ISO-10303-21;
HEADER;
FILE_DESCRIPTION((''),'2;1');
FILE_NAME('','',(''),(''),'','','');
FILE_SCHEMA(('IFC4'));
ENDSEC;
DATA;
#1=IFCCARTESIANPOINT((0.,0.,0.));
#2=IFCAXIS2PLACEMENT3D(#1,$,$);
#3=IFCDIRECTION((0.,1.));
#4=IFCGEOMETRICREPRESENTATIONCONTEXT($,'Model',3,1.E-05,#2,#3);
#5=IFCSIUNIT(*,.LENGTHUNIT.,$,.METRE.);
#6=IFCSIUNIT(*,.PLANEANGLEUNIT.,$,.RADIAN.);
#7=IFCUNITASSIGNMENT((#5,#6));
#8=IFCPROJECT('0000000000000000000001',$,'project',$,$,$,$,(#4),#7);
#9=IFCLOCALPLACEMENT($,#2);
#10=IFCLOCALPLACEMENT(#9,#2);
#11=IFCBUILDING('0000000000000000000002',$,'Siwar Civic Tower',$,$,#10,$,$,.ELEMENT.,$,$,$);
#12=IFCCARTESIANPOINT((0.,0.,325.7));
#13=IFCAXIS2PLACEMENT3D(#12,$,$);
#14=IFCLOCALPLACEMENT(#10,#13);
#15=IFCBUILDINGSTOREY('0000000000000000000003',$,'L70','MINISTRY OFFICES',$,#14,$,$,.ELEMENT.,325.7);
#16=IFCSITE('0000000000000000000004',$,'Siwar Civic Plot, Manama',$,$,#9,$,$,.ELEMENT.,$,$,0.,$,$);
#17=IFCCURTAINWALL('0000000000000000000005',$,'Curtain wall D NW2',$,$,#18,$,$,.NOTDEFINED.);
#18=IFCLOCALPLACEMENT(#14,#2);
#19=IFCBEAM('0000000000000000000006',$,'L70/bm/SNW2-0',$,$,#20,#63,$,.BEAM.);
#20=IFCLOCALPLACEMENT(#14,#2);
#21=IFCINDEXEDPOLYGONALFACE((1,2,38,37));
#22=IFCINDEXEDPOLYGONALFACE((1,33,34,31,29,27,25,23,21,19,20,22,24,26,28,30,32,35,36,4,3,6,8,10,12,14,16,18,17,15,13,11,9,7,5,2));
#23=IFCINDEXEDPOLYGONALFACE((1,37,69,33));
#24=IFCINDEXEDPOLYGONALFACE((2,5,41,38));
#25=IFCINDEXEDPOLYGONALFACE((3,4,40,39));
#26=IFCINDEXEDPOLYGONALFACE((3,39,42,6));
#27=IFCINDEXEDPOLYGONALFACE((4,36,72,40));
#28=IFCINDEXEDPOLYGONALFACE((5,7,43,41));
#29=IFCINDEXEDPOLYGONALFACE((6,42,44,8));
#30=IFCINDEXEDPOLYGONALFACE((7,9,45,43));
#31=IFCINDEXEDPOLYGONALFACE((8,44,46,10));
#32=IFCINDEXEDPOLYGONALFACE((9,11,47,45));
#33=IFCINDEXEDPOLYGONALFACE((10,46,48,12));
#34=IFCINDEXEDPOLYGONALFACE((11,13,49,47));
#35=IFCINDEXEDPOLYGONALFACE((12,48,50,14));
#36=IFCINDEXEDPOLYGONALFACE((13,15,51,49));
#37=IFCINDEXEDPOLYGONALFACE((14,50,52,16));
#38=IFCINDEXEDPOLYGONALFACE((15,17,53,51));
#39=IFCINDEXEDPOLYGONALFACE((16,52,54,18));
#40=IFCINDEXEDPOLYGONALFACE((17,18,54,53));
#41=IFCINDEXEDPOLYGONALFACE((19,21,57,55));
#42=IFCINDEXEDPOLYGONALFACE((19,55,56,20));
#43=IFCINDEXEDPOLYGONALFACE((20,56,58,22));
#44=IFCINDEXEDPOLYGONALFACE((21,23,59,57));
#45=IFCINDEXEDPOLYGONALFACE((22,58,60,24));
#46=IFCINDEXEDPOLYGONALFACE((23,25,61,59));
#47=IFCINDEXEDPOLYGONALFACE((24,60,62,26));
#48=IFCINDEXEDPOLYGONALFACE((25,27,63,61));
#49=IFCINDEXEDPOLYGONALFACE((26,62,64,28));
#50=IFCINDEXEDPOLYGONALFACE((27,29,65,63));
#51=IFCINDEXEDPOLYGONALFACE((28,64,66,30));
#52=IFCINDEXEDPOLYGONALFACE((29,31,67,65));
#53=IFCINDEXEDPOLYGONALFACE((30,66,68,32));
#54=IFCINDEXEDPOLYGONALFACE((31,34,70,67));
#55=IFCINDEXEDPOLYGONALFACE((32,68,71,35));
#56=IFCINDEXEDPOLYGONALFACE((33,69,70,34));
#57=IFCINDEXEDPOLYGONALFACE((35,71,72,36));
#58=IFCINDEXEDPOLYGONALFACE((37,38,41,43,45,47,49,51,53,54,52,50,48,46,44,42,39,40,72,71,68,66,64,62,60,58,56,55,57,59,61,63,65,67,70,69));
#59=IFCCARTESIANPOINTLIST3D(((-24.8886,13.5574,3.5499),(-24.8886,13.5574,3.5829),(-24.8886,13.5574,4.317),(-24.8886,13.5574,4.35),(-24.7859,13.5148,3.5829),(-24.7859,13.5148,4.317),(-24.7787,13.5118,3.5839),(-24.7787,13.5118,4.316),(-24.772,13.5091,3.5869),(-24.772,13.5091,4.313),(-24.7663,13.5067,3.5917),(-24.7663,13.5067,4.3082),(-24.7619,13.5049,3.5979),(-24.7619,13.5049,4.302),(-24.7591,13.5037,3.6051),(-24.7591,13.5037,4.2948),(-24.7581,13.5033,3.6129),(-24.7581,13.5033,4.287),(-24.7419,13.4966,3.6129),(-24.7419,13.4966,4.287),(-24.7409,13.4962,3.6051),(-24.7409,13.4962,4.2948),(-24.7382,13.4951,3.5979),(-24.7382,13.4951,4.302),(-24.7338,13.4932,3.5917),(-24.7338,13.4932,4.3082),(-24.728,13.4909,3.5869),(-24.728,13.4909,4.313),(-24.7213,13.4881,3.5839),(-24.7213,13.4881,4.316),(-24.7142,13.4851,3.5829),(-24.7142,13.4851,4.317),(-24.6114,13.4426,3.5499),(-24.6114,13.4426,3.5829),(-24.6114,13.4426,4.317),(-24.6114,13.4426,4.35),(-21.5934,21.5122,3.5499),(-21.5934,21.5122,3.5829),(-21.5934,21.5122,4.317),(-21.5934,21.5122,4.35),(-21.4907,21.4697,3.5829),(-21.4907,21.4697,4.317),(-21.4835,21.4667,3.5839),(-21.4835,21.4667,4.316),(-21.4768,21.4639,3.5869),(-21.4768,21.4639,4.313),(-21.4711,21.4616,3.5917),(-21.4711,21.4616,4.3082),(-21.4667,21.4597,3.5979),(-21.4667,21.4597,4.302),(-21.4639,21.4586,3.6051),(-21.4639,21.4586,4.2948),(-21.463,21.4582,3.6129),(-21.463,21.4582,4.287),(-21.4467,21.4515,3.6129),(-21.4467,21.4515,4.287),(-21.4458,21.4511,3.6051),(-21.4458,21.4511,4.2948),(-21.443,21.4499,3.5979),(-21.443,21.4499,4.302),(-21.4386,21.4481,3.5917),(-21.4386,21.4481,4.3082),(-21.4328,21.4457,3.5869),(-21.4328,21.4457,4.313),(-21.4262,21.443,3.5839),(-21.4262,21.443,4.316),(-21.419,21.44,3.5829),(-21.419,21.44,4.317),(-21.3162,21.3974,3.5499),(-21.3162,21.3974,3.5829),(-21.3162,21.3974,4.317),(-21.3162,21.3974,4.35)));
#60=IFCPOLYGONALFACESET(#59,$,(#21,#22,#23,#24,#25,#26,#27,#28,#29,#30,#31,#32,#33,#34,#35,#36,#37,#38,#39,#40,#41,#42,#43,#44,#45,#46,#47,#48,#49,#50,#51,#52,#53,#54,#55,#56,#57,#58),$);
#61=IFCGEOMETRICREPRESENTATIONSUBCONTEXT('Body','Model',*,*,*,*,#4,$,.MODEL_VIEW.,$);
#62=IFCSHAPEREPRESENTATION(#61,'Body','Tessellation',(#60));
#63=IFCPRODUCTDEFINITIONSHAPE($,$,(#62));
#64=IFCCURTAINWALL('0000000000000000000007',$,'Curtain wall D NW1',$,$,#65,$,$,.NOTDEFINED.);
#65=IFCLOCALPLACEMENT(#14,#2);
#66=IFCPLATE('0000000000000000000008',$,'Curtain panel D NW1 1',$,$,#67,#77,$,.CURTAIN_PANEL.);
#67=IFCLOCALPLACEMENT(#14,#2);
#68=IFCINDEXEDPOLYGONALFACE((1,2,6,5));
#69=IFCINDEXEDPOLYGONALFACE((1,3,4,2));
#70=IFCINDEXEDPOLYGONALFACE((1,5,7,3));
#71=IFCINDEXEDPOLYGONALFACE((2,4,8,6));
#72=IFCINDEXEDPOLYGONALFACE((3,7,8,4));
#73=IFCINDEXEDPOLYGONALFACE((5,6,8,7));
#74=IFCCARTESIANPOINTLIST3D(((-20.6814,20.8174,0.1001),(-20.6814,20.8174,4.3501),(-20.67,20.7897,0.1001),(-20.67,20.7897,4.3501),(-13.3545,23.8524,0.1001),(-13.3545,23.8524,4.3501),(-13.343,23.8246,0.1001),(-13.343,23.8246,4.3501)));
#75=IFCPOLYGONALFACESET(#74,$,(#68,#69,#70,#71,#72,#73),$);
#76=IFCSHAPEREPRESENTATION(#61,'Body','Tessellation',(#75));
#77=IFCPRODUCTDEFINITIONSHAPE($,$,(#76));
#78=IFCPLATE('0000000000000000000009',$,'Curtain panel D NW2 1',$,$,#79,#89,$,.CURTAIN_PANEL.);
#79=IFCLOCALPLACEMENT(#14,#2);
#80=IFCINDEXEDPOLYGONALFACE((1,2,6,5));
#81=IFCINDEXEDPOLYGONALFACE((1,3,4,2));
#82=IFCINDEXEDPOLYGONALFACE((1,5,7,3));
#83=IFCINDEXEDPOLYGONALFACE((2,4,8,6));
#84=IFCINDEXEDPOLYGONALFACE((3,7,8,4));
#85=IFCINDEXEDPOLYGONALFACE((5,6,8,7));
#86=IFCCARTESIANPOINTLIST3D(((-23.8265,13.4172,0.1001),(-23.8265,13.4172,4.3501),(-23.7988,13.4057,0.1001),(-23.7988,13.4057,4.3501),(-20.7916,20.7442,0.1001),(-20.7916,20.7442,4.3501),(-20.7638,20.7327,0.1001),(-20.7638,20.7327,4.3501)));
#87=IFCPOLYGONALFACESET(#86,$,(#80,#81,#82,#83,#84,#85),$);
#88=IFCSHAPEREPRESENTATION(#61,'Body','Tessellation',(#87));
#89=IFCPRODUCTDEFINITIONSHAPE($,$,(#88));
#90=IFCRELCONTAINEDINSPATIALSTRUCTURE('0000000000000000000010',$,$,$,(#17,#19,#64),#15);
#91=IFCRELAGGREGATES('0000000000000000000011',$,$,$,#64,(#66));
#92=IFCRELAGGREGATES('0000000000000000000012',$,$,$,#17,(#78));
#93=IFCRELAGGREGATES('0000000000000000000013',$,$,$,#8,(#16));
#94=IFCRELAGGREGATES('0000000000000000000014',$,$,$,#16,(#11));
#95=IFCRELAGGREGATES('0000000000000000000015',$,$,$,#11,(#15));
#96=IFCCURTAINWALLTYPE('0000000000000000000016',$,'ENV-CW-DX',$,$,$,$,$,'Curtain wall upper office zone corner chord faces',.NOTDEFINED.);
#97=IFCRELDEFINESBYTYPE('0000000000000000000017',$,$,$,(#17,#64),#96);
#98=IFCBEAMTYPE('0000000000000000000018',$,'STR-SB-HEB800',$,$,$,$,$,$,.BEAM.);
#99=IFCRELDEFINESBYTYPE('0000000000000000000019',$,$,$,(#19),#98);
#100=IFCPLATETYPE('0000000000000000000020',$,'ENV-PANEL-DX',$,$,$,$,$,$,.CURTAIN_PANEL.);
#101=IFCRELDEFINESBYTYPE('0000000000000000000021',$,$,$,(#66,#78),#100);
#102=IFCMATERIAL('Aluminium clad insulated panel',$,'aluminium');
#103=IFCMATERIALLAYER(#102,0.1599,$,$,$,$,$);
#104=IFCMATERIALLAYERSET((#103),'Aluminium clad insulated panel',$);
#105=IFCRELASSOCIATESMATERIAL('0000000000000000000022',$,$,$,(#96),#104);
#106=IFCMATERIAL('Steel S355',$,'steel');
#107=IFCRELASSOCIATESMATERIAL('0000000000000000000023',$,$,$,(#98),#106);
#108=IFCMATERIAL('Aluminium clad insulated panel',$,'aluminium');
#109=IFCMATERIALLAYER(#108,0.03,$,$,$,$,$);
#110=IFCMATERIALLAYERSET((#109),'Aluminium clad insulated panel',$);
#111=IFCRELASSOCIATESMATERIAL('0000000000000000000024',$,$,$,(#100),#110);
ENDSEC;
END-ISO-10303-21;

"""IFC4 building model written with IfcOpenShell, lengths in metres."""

from ifc_helpers import new_model, si_unit, direction, frame, origin, origin_2d, place, context, subcontext, project, spatial, rectangle, i_section, extrude, material, layer, layer_set, material_profile, profile_set, type_object, element, aggregate, save


model = new_model("IFC4")

# Units and contexts
model_context = context("Model", 3, precision=1e-05, world=origin(), true_north=direction((0.0, 1.0)))
body_context = subcontext(model_context, "Body", "Model", "MODEL_VIEW")
ifc_project = project(units=[si_unit("LENGTHUNIT", "METRE"), si_unit("PLANEANGLEUNIT", "RADIAN")], contexts=[model_context])

# Site, building, storey
site_placement = place(None, origin())
site = spatial("IfcSite", under=ifc_project, at=site_placement, Name="Siwar Civic Plot, Manama", CompositionType="ELEMENT", RefElevation=0.0)
building_placement = place(site_placement, origin())
building = spatial("IfcBuilding", under=site, at=building_placement, Name="Siwar Civic Tower", CompositionType="ELEMENT")
storey_placement = place(building_placement, frame((0.0, 0.0, 325.7)))
storey = spatial("IfcBuildingStorey", under=building, at=storey_placement, Name="L70", Description="MINISTRY OFFICES", CompositionType="ELEMENT", Elevation=325.7)

# Curtain wall
ifc_material_1 = material(Name="Aluminium clad insulated panel", Category="aluminium")
ifc_layer_1 = layer(ifc_material_1, 0.1599)
ifc_layer_set_1 = layer_set([ifc_layer_1], Name="Aluminium clad insulated panel")
curtain_wall_type = type_object("IfcCurtainWallType", Name="ENV-CW-DX", ElementType="Curtain wall upper office zone corner chord faces", PredefinedType="NOTDEFINED", material=ifc_layer_set_1)
curtain_wall_1_placement = place(storey_placement, origin())
curtain_wall_1 = element("IfcCurtainWall", 1, at=curtain_wall_1_placement, inside=storey, type_object=curtain_wall_type, Name="Curtain wall D NW2", PredefinedType="NOTDEFINED")

# Beam
ifc_material_2 = material(Name="Steel S355", Category="steel")
ifc_material_profile_1 = material_profile(ifc_material_2, i_section(OverallWidth=0.3, OverallDepth=0.8, WebThickness=0.0176, FlangeThickness=0.033, FilletRadius=0.03, at=origin_2d()), Name="HEB800")
ifc_profile_set_1 = profile_set([ifc_material_profile_1], Name="Steel S355")
beam_type_1 = type_object("IfcBeamType", Name="STR-SB-HEB800", PredefinedType="BEAM", material=ifc_profile_set_1)
for number, where, z_axis, x_axis, name in (
    (2, (-21.4548, 21.4548, 3.95), (-0.3827, -0.923873, 0.0), (0.923873, -0.3827, 0.0), "L70/bm/SNW2-0"),
):
    element("IfcBeam", number, at=place(storey_placement, frame(where, z_axis=z_axis, x_axis=x_axis)), inside=storey, type_object=beam_type_1, Name=name, PredefinedType="BEAM", context=body_context, shape_type="SweptSolid", body=[
        extrude(i_section(OverallWidth=0.3, OverallDepth=0.8, WebThickness=0.0176, FlangeThickness=0.033, FilletRadius=0.03, at=origin_2d()), origin(), (0.0, 0.0, 1.0), 8.6104),
    ])

# Curtain wall, plate
curtain_wall_2_placement = place(storey_placement, origin())
curtain_wall_2 = element("IfcCurtainWall", 3, at=curtain_wall_2_placement, inside=storey, type_object=curtain_wall_type, Name="Curtain wall D NW1", PredefinedType="NOTDEFINED")
ifc_material_3 = material(Name="Aluminium clad insulated panel", Category="aluminium")
ifc_layer_2 = layer(ifc_material_3, 0.03)
ifc_layer_set_2 = layer_set([ifc_layer_2], Name="Aluminium clad insulated panel")
plate_type = type_object("IfcPlateType", Name="ENV-PANEL-DX", PredefinedType="CURTAIN_PANEL", material=ifc_layer_set_2)
plate_1_placement = place(storey_placement, frame((-17.0122, 22.321, 0.1001), z_axis=(0.0, 0.0, 1.0), x_axis=(-0.92388, -0.382683, 0.0)))
plate_1 = element("IfcPlate", 4, at=plate_1_placement, type_object=plate_type, Name="Curtain panel D NW1 1", PredefinedType="CURTAIN_PANEL", context=body_context, shape_type="SweptSolid", body=[
    extrude(rectangle(XDim=7.9307, YDim=0.03, at=origin_2d()), origin(), (0.0, 0.0, 1.0), 4.25),
])
aggregate(curtain_wall_2, [plate_1])

# Plate
plate_2_placement = place(storey_placement, frame((-22.2952, 17.075, 0.1001), z_axis=(0.0, 0.0, 1.0), x_axis=(-0.382683, -0.92388, 0.0)))
plate_2 = element("IfcPlate", 5, at=plate_2_placement, type_object=plate_type, Name="Curtain panel D NW2 1", PredefinedType="CURTAIN_PANEL", context=body_context, shape_type="SweptSolid", body=[
    extrude(rectangle(XDim=7.9307, YDim=0.03, at=origin_2d()), origin(), (0.0, 0.0, 1.0), 4.25),
])
aggregate(curtain_wall_1, [plate_2])

save(model, "model.ifc")
